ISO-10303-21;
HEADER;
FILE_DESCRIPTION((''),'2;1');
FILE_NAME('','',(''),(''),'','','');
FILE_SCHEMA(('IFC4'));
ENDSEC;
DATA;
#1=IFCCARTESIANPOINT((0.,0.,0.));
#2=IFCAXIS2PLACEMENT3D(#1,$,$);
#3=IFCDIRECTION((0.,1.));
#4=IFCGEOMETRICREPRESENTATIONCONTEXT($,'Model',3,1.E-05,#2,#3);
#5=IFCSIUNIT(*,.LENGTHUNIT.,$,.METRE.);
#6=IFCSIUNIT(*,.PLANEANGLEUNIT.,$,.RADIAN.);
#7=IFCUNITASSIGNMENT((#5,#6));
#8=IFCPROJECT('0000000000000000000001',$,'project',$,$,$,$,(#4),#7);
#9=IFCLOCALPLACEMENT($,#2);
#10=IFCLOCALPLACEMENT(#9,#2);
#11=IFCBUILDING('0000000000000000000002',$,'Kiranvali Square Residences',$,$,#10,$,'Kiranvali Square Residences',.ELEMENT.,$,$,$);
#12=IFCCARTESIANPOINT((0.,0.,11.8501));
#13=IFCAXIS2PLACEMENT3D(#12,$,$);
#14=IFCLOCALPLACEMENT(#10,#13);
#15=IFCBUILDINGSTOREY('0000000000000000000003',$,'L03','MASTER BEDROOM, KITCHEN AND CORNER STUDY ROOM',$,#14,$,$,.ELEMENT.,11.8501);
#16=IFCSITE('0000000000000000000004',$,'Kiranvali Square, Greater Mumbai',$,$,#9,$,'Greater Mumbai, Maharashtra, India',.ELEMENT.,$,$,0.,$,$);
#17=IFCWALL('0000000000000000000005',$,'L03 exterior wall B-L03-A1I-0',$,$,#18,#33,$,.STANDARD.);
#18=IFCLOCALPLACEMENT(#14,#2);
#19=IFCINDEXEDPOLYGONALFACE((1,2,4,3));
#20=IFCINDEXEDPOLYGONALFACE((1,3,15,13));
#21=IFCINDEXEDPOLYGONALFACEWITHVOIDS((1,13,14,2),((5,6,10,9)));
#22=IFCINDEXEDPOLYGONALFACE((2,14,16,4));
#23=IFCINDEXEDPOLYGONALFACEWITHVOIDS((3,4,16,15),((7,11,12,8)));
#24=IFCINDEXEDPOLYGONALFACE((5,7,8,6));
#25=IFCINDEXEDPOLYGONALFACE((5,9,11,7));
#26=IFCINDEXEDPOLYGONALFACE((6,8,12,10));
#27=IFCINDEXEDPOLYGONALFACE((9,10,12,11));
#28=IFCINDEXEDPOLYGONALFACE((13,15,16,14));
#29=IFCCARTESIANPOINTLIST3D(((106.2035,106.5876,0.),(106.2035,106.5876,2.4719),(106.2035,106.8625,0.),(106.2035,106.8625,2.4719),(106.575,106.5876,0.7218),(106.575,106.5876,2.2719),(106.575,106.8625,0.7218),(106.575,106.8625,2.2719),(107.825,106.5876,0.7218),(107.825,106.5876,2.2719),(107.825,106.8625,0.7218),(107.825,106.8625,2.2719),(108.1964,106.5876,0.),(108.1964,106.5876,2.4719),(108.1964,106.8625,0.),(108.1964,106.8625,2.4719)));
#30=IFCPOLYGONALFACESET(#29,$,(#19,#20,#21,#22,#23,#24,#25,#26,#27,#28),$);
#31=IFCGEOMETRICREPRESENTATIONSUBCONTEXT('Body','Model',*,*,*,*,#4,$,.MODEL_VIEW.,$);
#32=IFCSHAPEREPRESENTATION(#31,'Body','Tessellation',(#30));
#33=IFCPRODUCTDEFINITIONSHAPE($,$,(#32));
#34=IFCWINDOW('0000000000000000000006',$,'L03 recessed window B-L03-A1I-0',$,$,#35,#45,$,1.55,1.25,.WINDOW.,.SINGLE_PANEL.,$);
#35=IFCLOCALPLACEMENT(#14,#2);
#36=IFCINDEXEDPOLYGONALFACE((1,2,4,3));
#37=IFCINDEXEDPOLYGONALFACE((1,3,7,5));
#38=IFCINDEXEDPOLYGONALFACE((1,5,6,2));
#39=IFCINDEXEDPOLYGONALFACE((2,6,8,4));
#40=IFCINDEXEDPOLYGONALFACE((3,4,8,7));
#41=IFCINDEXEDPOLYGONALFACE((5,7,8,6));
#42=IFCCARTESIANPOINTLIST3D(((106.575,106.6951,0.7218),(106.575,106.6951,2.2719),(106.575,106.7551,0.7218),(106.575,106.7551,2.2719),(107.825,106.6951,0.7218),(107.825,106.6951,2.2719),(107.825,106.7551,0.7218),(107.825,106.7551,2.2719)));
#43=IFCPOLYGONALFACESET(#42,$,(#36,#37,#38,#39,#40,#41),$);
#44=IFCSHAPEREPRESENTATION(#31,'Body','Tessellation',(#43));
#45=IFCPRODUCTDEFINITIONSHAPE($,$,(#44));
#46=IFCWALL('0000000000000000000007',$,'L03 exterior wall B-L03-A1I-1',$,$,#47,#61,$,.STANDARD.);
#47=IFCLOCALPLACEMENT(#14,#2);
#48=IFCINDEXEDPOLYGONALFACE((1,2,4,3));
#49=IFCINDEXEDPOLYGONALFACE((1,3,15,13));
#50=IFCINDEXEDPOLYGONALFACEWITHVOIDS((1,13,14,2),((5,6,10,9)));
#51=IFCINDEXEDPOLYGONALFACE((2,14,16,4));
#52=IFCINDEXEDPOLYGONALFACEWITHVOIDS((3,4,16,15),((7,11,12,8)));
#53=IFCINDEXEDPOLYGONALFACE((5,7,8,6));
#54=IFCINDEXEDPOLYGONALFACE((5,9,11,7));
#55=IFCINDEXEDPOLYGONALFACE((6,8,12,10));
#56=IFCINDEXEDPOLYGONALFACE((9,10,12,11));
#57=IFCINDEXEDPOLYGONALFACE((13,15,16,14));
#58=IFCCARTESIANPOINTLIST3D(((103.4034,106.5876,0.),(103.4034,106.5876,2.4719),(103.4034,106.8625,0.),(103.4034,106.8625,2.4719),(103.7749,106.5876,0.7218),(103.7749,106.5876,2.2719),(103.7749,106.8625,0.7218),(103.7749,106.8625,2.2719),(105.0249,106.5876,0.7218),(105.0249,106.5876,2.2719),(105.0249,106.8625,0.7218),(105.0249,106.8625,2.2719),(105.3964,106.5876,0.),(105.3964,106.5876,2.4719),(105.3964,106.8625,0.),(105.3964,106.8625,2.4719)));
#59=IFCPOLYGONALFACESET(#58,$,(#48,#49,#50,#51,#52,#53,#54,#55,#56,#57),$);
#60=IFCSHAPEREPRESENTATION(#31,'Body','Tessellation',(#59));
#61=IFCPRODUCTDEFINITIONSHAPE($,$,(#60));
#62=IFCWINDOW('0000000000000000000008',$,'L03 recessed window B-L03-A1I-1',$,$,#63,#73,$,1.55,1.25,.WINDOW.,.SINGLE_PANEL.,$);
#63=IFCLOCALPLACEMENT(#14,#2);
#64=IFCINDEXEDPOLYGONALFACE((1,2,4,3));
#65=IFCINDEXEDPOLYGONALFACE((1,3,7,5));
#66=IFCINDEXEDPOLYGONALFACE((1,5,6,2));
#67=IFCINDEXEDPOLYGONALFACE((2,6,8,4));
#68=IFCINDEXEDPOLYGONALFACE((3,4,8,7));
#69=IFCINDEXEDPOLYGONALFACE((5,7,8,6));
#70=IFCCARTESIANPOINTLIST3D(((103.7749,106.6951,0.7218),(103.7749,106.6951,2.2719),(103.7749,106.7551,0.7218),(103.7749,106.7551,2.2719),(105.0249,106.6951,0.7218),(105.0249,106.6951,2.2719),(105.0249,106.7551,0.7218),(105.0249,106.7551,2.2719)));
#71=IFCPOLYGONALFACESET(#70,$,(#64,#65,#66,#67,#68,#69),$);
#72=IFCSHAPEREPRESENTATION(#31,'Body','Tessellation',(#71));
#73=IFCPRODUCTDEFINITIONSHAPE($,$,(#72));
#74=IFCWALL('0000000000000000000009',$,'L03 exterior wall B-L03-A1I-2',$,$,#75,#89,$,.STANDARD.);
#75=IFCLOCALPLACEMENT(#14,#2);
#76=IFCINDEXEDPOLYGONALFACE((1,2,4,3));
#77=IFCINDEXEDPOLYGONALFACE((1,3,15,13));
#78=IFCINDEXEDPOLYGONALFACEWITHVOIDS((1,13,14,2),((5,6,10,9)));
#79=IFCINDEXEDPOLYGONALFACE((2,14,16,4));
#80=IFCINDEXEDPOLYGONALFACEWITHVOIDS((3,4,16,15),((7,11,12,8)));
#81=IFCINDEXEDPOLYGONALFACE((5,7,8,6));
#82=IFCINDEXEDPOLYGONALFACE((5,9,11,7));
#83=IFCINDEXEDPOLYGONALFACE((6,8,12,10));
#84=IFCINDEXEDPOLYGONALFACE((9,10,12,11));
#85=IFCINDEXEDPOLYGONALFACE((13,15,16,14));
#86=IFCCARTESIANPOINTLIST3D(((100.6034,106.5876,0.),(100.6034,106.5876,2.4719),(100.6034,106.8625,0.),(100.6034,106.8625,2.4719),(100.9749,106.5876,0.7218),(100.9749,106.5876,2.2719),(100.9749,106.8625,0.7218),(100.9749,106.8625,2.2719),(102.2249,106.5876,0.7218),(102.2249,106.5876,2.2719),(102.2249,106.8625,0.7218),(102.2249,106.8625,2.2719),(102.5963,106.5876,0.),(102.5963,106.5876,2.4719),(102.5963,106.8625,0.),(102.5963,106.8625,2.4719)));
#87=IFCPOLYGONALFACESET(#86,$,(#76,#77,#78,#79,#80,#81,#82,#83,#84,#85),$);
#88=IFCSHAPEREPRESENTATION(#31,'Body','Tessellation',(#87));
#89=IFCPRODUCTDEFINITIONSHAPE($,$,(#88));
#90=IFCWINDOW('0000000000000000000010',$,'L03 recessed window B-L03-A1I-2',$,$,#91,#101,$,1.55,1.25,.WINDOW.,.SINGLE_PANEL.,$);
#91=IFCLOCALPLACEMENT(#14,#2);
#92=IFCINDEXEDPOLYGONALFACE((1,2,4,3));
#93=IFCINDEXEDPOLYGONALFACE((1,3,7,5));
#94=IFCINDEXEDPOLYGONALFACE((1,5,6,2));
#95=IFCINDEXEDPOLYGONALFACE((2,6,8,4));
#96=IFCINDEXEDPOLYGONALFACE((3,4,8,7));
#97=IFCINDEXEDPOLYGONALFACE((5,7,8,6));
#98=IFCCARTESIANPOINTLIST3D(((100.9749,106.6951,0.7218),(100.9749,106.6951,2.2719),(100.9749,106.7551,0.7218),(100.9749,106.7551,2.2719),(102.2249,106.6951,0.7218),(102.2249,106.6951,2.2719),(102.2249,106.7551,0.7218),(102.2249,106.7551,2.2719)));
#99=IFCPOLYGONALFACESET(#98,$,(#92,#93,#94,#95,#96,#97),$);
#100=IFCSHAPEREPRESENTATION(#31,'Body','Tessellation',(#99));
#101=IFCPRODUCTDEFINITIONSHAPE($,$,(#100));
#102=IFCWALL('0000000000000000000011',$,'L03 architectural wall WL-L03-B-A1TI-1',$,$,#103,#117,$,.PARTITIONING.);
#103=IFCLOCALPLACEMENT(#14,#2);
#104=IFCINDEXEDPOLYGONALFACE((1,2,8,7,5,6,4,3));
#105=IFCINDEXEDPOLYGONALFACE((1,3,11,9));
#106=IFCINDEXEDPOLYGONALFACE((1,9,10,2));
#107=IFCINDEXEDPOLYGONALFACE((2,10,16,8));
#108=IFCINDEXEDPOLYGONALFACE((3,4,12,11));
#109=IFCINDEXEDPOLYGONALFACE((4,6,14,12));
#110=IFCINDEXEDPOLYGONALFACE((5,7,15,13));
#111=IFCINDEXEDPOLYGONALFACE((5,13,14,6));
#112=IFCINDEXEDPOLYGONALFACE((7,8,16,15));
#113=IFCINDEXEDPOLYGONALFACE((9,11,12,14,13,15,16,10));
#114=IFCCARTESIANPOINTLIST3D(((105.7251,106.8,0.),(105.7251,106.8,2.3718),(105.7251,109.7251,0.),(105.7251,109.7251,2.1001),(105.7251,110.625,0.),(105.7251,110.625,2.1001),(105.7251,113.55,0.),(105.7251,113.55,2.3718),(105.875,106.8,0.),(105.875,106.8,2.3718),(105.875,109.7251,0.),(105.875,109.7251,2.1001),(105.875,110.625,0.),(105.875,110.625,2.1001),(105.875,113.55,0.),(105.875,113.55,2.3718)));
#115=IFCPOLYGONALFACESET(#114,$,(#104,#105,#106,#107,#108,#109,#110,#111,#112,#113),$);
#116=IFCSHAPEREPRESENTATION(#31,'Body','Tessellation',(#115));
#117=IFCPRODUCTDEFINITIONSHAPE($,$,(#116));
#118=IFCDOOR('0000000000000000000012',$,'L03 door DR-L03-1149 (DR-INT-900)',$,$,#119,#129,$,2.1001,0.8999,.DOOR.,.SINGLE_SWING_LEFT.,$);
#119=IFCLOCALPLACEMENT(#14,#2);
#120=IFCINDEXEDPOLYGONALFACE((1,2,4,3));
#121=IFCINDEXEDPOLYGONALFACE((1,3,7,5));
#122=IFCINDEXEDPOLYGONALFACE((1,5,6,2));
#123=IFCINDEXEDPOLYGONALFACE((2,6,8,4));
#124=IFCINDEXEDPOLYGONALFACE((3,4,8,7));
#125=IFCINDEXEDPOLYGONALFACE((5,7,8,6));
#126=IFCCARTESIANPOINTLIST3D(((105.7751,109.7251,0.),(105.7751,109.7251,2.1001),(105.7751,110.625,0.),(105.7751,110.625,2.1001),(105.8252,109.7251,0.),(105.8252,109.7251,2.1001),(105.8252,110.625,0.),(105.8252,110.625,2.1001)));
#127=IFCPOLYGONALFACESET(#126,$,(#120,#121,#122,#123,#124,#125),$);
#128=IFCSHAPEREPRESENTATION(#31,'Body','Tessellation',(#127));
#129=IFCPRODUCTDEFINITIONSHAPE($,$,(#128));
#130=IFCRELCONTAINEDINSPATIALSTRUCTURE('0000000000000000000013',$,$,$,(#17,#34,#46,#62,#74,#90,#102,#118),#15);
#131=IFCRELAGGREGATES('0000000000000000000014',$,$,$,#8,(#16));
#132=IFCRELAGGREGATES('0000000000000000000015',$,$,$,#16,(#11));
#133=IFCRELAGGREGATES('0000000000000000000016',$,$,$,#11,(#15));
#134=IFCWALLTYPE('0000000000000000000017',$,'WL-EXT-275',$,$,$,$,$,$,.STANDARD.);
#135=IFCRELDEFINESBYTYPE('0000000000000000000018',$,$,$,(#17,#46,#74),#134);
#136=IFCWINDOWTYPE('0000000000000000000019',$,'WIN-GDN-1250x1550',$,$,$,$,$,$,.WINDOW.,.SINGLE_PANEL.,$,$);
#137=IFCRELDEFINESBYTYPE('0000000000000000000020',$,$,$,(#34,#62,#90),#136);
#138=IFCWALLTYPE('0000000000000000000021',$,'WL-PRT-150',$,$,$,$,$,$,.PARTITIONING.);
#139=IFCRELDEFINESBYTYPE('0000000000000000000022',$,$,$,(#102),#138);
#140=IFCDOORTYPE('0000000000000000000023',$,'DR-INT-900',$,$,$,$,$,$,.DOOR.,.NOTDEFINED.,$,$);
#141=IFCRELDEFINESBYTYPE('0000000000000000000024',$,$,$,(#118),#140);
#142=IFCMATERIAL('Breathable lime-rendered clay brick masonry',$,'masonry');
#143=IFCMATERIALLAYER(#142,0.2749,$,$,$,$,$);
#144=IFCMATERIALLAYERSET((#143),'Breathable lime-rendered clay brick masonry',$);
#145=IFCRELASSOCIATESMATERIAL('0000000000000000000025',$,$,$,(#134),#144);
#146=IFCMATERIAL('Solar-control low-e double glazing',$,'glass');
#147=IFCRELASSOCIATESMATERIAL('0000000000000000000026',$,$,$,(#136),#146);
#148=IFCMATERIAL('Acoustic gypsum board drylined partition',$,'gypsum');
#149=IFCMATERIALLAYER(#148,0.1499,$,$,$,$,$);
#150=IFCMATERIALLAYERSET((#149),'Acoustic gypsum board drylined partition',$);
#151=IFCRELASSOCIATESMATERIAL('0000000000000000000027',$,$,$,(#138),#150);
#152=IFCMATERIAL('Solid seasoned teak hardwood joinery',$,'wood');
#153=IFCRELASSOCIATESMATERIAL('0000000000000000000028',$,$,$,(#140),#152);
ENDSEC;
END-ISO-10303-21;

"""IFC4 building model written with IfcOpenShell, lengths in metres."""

from ifc_helpers import new_model, si_unit, direction, frame, frame_2d, origin, place, context, subcontext, project, spatial, rectangle, extrude, material, layer, layer_set, type_object, element, fill, save


model = new_model("IFC4")

# Units and contexts
model_context = context("Model", 3, precision=1e-05, world=origin(), true_north=direction((0.0, 1.0)))
body_context = subcontext(model_context, "Body", "Model", "MODEL_VIEW")
ifc_project = project(units=[si_unit("LENGTHUNIT", "METRE"), si_unit("PLANEANGLEUNIT", "RADIAN")], contexts=[model_context])

# Site, building, storey
site_placement = place(None, origin())
site = spatial("IfcSite", under=ifc_project, at=site_placement, Name="Kiranvali Square, Greater Mumbai", LongName="Greater Mumbai, Maharashtra, India", CompositionType="ELEMENT", RefElevation=0.0)
building_placement = place(site_placement, origin())
building = spatial("IfcBuilding", under=site, at=building_placement, Name="Kiranvali Square Residences", LongName="Kiranvali Square Residences", CompositionType="ELEMENT")
storey_placement = place(building_placement, frame((0.0, 0.0, 11.8501)))
storey = spatial("IfcBuildingStorey", under=building, at=storey_placement, Name="L03", Description="MASTER BEDROOM, KITCHEN AND CORNER STUDY ROOM", CompositionType="ELEMENT", Elevation=11.8501)

# Walls, openings, windows
ifc_material_1 = material(Name="Breathable lime-rendered clay brick masonry", Category="masonry")
ifc_layer_1 = layer(ifc_material_1, 0.2749)
ifc_layer_set_1 = layer_set([ifc_layer_1], Name="Breathable lime-rendered clay brick masonry")
wall_type_1 = type_object("IfcWallType", Name="WL-EXT-275", PredefinedType="STANDARD", material=ifc_layer_set_1)
wall_1_placement = place(storey_placement, frame((108.1965, 106.7251, 0.0), z_axis=(0.0, 0.0, 1.0), x_axis=(-1.0, 0.0, 0.0)))
wall_1 = element("IfcWall", 1, at=wall_1_placement, inside=storey, type_object=wall_type_1, Name="L03 exterior wall B-L03-A1I-0", PredefinedType="STANDARD", context=body_context, shape_type="SweptSolid", body=[
    extrude(rectangle(XDim=1.9929, YDim=0.2749, at=frame_2d((0.9966, 0.0))), origin(), (0.0, 0.0, 1.0), 2.4719),
])
opening_1_placement = place(wall_1_placement, frame((0.3716, 0.0, 0.7219)))
opening_1 = element("IfcOpeningElement", 2, at=opening_1_placement, cuts=wall_1, PredefinedType="OPENING", context=body_context, shape_type="SweptSolid", body=[
    extrude(rectangle(XDim=1.25, YDim=1.55, at=frame_2d((0.625, 0.7749))), frame((0.0, 0.1475, 0.0), z_axis=(0.0, -1.0, 0.0), x_axis=(1.0, 0.0, 0.0)), (0.0, 0.0, 1.0), 0.2949),
])
ifc_material_2 = material(Name="Solar-control low-e double glazing", Category="glass")
window_type = type_object("IfcWindowType", Name="WIN-GDN-1250x1550", PartitioningType="SINGLE_PANEL", PredefinedType="WINDOW", material=ifc_material_2)
window_1_placement = place(opening_1_placement, origin())
window_1 = element("IfcWindow", 3, at=window_1_placement, inside=storey, type_object=window_type, Name="L03 recessed window B-L03-A1I-0", OverallHeight=1.55, OverallWidth=1.25, PartitioningType="SINGLE_PANEL", PredefinedType="WINDOW", context=body_context, shape_type="SweptSolid", body=[
    extrude(rectangle(XDim=1.25, YDim=1.55, at=frame_2d((0.625, 0.7749))), frame((0.0, 0.03, 0.0), z_axis=(0.0, -1.0, 0.0), x_axis=(1.0, 0.0, 0.0)), (0.0, 0.0, 1.0), 0.0601),
])
fill(opening_1, window_1)
wall_2_placement = place(storey_placement, frame((105.3965, 106.7251, 0.0), z_axis=(0.0, 0.0, 1.0), x_axis=(-1.0, 0.0, 0.0)))
wall_2 = element("IfcWall", 4, at=wall_2_placement, inside=storey, type_object=wall_type_1, Name="L03 exterior wall B-L03-A1I-1", PredefinedType="STANDARD", context=body_context, shape_type="SweptSolid", body=[
    extrude(rectangle(XDim=1.9929, YDim=0.2749, at=frame_2d((0.9966, 0.0))), origin(), (0.0, 0.0, 1.0), 2.4719),
])
opening_2_placement = place(wall_2_placement, frame((0.3716, 0.0, 0.7219)))
opening_2 = element("IfcOpeningElement", 5, at=opening_2_placement, cuts=wall_2, PredefinedType="OPENING", context=body_context, shape_type="SweptSolid", body=[
    extrude(rectangle(XDim=1.25, YDim=1.55, at=frame_2d((0.625, 0.7749))), frame((0.0, 0.1475, 0.0), z_axis=(0.0, -1.0, 0.0), x_axis=(1.0, 0.0, 0.0)), (0.0, 0.0, 1.0), 0.2949),
])
window_2_placement = place(opening_2_placement, origin())
window_2 = element("IfcWindow", 6, at=window_2_placement, inside=storey, type_object=window_type, Name="L03 recessed window B-L03-A1I-1", OverallHeight=1.55, OverallWidth=1.25, PartitioningType="SINGLE_PANEL", PredefinedType="WINDOW", context=body_context, shape_type="SweptSolid", body=[
    extrude(rectangle(XDim=1.25, YDim=1.55, at=frame_2d((0.625, 0.7749))), frame((0.0, 0.03, 0.0), z_axis=(0.0, -1.0, 0.0), x_axis=(1.0, 0.0, 0.0)), (0.0, 0.0, 1.0), 0.0601),
])
fill(opening_2, window_2)
wall_3_placement = place(storey_placement, frame((102.5964, 106.7251, 0.0), z_axis=(0.0, 0.0, 1.0), x_axis=(-1.0, 0.0, 0.0)))
wall_3 = element("IfcWall", 7, at=wall_3_placement, inside=storey, type_object=wall_type_1, Name="L03 exterior wall B-L03-A1I-2", PredefinedType="STANDARD", context=body_context, shape_type="SweptSolid", body=[
    extrude(rectangle(XDim=1.9929, YDim=0.2749, at=frame_2d((0.9966, 0.0))), origin(), (0.0, 0.0, 1.0), 2.4719),
])
opening_3_placement = place(wall_3_placement, frame((0.3716, 0.0, 0.7219)))
opening_3 = element("IfcOpeningElement", 8, at=opening_3_placement, cuts=wall_3, PredefinedType="OPENING", context=body_context, shape_type="SweptSolid", body=[
    extrude(rectangle(XDim=1.25, YDim=1.55, at=frame_2d((0.625, 0.7749))), frame((0.0, 0.1475, 0.0), z_axis=(0.0, -1.0, 0.0), x_axis=(1.0, 0.0, 0.0)), (0.0, 0.0, 1.0), 0.2949),
])
window_3_placement = place(opening_3_placement, origin())
window_3 = element("IfcWindow", 9, at=window_3_placement, inside=storey, type_object=window_type, Name="L03 recessed window B-L03-A1I-2", OverallHeight=1.55, OverallWidth=1.25, PartitioningType="SINGLE_PANEL", PredefinedType="WINDOW", context=body_context, shape_type="SweptSolid", body=[
    extrude(rectangle(XDim=1.25, YDim=1.55, at=frame_2d((0.625, 0.7749))), frame((0.0, 0.03, 0.0), z_axis=(0.0, -1.0, 0.0), x_axis=(1.0, 0.0, 0.0)), (0.0, 0.0, 1.0), 0.0601),
])
fill(opening_3, window_3)

# Wall, opening, door
ifc_material_3 = material(Name="Acoustic gypsum board drylined partition", Category="gypsum")
ifc_layer_2 = layer(ifc_material_3, 0.1499)
ifc_layer_set_2 = layer_set([ifc_layer_2], Name="Acoustic gypsum board drylined partition")
wall_type_2 = type_object("IfcWallType", Name="WL-PRT-150", PredefinedType="PARTITIONING", material=ifc_layer_set_2)
wall_4_placement = place(storey_placement, frame((105.8, 106.8, 0.0), z_axis=(0.0, 0.0, 1.0), x_axis=(0.0, 1.0, 0.0)))
wall_4 = element("IfcWall", 10, at=wall_4_placement, inside=storey, type_object=wall_type_2, Name="L03 architectural wall WL-L03-B-A1TI-1", PredefinedType="PARTITIONING", context=body_context, shape_type="SweptSolid", body=[
    extrude(rectangle(XDim=6.75, YDim=0.1499, at=frame_2d((3.375, 0.0))), origin(), (0.0, 0.0, 1.0), 2.3718),
])
opening_4_placement = place(wall_4_placement, frame((2.925, 0.0, 0.0)))
opening_4 = element("IfcOpeningElement", 11, at=opening_4_placement, cuts=wall_4, PredefinedType="OPENING", context=body_context, shape_type="SweptSolid", body=[
    extrude(rectangle(XDim=0.8999, YDim=2.1001, at=frame_2d((0.45, 1.05))), frame((0.0, 0.085, 0.0), z_axis=(0.0, -1.0, 0.0), x_axis=(1.0, 0.0, 0.0)), (0.0, 0.0, 1.0), 0.1699),
])
ifc_material_4 = material(Name="Solid seasoned teak hardwood joinery", Category="wood")
door_type_1 = type_object("IfcDoorType", Name="DR-INT-900", OperationType="NOTDEFINED", PredefinedType="DOOR", material=ifc_material_4)
door_1_placement = place(opening_4_placement, origin())
door_1 = element("IfcDoor", 12, at=door_1_placement, inside=storey, type_object=door_type_1, Name="L03 door DR-L03-1149 (DR-INT-900)", OperationType="SINGLE_SWING_LEFT", OverallHeight=2.1001, OverallWidth=0.8999, PredefinedType="DOOR", context=body_context, shape_type="SweptSolid", body=[
    extrude(rectangle(XDim=0.8999, YDim=2.1001, at=frame_2d((0.45, 1.05))), frame((0.0, 0.0249, 0.0), z_axis=(0.0, -1.0, 0.0), x_axis=(1.0, 0.0, 0.0)), (0.0, 0.0, 1.0), 0.05),
])
fill(opening_4, door_1)

save(model, "model.ifc")
